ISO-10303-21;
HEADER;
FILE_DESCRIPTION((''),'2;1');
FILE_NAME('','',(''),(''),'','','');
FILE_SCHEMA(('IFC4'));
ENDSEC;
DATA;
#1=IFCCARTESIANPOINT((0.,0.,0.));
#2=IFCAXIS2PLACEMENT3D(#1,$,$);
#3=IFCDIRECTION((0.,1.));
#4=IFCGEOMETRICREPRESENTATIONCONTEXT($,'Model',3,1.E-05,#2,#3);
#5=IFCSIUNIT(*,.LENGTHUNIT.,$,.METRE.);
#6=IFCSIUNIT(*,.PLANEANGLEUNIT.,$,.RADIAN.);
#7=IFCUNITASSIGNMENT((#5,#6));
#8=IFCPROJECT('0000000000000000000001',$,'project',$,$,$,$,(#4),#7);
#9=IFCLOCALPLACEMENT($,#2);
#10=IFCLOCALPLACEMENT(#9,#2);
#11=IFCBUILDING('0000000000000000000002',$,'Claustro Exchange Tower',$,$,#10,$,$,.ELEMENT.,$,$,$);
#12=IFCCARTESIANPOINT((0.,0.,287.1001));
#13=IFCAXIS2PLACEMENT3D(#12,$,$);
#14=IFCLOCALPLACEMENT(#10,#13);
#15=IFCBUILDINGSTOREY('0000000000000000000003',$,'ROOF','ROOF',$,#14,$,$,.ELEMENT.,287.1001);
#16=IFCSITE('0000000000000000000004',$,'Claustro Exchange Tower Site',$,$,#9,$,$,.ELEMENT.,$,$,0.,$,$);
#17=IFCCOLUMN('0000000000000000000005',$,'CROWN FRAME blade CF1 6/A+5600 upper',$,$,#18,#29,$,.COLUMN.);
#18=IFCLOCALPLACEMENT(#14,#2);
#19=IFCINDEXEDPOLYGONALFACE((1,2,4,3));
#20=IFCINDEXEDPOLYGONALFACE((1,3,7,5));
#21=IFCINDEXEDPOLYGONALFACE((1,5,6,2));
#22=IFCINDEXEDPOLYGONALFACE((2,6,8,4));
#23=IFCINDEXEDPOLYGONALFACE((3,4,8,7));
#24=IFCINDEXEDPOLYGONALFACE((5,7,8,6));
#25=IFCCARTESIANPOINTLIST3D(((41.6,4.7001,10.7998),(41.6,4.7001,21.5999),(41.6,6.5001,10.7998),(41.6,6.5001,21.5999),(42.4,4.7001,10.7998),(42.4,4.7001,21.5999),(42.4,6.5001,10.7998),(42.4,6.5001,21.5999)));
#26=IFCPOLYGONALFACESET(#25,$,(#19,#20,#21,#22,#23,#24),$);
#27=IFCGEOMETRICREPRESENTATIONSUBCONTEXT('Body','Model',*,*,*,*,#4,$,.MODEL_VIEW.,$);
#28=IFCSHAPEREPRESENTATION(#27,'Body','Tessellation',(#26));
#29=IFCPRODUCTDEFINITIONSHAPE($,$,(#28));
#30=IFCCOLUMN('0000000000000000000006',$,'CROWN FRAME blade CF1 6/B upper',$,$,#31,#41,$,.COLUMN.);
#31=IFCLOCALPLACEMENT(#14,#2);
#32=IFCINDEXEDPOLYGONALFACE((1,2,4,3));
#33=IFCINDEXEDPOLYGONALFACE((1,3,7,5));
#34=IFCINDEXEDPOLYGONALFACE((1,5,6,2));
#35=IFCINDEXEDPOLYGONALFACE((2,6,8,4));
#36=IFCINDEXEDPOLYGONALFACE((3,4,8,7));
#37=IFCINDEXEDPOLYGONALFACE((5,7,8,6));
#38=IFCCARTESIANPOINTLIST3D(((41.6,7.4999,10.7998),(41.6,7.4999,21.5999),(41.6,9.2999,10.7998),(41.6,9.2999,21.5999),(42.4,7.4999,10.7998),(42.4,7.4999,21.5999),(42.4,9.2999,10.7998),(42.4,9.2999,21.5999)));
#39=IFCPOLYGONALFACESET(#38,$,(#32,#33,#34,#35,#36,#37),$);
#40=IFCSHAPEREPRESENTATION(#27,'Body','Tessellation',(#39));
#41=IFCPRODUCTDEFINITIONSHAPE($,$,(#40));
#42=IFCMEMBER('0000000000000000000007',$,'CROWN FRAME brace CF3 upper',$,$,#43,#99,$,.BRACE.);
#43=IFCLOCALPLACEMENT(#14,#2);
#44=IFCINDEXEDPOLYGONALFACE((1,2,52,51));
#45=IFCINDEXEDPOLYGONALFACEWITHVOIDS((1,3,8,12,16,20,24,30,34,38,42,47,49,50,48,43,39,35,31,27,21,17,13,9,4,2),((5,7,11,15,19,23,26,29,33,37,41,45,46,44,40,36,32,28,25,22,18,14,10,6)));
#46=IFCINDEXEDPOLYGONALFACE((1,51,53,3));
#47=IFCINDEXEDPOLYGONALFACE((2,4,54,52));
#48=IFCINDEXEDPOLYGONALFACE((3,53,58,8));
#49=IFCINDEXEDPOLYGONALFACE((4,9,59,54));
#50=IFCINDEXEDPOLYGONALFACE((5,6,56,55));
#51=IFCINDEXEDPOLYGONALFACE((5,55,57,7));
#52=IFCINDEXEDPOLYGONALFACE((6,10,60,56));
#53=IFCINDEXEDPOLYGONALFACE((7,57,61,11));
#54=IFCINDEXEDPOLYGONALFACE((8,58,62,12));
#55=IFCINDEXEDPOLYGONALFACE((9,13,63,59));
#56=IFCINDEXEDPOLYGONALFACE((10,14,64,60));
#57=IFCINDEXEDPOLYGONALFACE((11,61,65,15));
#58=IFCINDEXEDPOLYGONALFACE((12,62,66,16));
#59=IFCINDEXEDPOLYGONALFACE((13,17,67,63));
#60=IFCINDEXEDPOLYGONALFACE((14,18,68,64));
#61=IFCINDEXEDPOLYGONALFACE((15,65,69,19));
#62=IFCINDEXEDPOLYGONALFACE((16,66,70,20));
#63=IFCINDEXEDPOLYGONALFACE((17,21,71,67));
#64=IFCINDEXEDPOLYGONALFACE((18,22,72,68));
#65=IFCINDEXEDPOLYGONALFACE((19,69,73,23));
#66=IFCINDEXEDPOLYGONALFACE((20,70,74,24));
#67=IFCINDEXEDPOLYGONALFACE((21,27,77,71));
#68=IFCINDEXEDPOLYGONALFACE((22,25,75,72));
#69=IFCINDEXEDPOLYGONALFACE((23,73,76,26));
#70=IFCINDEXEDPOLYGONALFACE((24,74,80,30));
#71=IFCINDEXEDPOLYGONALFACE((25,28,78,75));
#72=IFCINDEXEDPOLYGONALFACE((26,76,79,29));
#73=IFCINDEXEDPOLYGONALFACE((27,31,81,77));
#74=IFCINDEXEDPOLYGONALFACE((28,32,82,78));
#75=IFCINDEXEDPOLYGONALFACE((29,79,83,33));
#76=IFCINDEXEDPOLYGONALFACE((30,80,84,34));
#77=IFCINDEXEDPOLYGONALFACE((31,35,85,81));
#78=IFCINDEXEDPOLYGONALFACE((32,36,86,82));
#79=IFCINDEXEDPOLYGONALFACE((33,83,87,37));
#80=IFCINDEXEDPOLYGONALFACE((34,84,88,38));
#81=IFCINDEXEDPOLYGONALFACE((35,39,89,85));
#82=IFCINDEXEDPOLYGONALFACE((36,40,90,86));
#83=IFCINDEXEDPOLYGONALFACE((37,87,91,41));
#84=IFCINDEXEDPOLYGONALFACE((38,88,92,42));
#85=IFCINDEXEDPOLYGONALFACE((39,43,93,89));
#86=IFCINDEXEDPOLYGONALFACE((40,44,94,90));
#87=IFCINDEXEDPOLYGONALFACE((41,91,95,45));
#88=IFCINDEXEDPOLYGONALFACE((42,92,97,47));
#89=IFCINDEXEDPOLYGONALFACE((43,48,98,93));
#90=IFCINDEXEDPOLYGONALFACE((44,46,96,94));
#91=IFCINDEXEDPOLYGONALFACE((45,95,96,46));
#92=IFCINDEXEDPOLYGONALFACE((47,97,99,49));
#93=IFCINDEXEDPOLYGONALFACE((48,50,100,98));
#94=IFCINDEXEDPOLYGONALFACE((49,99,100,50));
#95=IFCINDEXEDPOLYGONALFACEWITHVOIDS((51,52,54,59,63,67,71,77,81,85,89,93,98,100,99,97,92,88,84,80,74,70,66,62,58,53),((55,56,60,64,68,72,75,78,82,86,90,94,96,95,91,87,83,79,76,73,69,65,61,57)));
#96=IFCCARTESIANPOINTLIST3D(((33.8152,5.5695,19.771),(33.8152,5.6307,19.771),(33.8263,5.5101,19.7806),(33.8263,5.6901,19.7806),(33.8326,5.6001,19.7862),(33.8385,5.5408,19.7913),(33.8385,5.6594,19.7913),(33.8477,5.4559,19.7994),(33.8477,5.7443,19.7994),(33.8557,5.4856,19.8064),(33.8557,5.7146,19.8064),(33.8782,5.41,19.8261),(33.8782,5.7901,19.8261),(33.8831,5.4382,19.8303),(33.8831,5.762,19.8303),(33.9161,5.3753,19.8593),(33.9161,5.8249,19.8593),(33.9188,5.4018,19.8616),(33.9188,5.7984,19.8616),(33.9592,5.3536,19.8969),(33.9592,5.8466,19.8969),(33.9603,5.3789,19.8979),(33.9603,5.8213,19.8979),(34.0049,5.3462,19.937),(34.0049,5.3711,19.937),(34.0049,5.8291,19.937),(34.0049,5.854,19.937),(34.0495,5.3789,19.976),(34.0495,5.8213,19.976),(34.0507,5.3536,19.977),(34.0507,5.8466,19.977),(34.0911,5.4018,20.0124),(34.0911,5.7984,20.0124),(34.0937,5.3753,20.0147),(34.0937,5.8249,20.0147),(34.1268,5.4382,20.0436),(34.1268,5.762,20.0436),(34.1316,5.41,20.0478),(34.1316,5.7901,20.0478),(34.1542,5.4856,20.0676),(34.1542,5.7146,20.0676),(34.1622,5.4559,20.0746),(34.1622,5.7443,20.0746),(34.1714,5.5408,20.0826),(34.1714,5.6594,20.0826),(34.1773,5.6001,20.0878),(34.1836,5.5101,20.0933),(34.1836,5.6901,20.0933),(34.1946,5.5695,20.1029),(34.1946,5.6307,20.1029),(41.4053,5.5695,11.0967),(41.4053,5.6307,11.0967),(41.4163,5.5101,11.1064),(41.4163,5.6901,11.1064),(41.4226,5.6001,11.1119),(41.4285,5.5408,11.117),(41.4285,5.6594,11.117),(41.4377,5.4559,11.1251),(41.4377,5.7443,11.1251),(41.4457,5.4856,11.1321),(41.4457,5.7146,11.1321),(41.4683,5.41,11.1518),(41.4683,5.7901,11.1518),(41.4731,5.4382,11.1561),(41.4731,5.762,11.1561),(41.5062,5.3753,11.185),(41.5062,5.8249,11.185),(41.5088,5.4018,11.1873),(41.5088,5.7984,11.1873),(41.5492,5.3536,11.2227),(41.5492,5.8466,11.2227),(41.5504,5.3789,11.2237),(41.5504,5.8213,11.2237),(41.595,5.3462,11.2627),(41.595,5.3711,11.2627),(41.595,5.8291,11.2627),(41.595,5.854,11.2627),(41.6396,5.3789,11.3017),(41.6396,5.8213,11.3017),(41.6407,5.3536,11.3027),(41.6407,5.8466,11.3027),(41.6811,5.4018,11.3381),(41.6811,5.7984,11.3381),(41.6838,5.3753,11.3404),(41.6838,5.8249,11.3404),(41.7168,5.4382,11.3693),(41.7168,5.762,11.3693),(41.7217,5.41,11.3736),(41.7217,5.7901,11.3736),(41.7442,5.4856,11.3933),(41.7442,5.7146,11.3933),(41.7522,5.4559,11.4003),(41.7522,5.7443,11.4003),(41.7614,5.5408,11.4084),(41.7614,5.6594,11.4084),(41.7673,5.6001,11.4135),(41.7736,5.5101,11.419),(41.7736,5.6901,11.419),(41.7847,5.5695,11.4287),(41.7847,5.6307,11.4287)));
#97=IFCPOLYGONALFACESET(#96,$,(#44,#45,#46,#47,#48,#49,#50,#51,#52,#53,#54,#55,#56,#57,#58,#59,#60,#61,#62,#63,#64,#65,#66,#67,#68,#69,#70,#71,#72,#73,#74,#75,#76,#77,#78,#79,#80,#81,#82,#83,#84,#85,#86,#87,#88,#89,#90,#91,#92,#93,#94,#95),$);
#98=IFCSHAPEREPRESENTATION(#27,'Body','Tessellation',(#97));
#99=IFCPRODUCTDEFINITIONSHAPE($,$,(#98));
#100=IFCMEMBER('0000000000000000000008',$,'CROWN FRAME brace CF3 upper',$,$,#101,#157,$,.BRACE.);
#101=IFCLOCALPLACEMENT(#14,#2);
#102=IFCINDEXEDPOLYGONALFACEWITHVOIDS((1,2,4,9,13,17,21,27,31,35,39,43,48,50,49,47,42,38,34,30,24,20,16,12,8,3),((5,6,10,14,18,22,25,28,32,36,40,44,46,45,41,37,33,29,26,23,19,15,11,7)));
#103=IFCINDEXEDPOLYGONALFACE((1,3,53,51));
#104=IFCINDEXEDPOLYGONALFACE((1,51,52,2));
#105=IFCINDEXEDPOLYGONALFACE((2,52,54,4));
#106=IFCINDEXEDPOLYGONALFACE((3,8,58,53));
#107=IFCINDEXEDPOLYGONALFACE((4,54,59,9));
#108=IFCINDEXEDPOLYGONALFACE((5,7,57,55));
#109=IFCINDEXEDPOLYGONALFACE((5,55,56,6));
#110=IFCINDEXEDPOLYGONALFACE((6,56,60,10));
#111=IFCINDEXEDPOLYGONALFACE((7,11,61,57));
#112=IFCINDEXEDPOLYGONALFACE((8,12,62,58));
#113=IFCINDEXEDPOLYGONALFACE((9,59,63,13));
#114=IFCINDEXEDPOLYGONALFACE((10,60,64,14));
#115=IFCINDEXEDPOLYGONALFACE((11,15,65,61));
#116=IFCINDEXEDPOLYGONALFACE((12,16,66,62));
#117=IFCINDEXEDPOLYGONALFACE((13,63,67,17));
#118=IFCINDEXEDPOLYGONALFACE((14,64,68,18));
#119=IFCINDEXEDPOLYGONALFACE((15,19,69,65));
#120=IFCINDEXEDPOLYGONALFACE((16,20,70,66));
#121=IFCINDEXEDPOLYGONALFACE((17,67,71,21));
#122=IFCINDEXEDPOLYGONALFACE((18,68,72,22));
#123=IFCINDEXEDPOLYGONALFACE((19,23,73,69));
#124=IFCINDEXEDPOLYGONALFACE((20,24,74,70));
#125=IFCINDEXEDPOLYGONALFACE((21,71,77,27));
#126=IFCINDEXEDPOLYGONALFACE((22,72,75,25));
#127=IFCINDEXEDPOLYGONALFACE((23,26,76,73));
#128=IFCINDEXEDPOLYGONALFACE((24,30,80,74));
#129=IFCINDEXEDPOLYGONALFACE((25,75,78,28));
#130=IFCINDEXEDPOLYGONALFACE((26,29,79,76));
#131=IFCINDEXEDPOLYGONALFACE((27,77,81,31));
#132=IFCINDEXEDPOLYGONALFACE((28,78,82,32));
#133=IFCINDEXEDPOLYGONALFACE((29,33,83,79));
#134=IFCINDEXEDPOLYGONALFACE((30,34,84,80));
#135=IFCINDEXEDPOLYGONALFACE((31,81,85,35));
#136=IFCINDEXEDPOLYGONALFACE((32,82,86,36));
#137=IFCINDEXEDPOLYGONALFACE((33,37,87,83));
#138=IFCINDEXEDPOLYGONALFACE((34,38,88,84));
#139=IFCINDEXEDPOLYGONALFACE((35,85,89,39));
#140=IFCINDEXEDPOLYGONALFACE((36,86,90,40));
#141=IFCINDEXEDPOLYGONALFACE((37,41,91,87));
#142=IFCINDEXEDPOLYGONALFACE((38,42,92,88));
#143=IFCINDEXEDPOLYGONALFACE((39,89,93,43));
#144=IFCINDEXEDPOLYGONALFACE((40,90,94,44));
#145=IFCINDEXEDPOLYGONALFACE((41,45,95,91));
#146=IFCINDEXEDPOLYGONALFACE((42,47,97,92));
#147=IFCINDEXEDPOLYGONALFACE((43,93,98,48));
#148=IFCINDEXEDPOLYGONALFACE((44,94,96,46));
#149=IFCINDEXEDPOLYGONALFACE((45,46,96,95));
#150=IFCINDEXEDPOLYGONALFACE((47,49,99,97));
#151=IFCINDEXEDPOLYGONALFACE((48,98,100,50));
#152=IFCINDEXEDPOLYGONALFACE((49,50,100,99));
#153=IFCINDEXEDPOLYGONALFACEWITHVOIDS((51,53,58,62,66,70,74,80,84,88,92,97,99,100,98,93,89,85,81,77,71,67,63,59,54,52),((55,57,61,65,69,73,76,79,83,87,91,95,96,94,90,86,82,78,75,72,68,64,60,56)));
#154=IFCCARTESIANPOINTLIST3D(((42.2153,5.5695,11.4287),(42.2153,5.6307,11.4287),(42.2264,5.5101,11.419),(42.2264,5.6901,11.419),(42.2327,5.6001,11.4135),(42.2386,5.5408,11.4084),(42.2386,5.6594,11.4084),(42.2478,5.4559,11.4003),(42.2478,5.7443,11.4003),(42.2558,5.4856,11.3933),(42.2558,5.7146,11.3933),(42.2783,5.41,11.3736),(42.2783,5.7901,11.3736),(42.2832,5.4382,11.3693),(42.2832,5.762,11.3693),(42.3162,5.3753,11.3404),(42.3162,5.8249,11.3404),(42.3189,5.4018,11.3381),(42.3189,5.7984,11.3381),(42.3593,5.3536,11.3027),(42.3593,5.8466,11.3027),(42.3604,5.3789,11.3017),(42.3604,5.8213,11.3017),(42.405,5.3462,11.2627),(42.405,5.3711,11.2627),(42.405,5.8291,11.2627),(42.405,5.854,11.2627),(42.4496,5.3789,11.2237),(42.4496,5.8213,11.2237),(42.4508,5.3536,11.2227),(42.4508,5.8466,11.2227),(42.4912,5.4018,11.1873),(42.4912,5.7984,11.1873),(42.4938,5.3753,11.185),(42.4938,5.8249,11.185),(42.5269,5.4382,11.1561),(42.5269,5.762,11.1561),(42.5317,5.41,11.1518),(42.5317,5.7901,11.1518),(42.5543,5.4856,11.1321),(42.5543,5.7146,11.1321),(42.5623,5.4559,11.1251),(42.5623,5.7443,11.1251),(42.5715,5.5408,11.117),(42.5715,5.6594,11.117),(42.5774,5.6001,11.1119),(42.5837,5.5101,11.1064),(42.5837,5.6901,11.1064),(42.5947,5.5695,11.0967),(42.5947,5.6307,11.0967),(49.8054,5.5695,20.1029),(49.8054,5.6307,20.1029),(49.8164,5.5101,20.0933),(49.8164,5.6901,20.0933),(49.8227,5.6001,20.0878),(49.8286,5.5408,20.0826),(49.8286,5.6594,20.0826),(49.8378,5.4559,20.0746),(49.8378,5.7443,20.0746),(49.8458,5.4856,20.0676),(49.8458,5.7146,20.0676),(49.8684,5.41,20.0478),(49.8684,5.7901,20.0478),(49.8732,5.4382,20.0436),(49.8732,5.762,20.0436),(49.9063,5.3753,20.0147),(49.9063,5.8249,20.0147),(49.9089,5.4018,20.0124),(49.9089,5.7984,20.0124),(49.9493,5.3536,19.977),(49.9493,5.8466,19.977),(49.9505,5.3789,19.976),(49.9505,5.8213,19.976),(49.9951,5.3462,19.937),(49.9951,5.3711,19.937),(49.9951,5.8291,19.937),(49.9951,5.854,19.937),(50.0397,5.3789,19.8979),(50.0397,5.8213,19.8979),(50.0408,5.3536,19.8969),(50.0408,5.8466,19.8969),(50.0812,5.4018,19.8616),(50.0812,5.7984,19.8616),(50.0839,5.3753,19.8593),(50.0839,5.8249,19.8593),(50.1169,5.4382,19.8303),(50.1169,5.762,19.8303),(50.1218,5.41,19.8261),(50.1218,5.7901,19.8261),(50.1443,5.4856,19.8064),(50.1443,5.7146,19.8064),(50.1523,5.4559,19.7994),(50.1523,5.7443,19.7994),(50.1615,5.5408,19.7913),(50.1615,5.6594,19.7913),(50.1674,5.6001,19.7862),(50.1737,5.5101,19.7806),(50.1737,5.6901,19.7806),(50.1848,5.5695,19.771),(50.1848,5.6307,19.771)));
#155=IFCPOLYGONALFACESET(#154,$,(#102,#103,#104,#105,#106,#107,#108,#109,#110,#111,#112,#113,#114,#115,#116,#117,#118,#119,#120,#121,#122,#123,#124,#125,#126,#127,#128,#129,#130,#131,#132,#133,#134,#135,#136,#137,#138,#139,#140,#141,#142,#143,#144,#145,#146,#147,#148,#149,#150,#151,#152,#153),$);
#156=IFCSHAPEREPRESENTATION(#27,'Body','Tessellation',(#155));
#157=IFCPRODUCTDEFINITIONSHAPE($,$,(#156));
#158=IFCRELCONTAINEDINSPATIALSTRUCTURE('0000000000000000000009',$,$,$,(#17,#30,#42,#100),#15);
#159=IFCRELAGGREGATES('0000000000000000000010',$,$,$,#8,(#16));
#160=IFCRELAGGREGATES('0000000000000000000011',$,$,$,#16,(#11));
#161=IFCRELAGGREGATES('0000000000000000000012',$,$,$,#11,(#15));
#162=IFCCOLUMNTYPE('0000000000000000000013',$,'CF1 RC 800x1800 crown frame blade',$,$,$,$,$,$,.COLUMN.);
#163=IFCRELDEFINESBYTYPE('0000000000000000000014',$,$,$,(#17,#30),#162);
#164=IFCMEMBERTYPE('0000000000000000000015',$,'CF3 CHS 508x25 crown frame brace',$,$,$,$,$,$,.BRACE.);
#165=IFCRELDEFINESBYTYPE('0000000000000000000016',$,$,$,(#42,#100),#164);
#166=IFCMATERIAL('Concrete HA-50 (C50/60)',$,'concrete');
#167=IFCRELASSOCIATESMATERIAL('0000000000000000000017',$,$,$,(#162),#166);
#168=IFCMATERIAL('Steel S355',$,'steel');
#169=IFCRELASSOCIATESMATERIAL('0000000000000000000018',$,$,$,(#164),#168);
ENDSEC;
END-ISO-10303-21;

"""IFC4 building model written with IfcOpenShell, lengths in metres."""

from ifc_helpers import new_model, si_unit, direction, frame, origin, origin_2d, place, context, subcontext, project, spatial, rectangle, hollow_circle, extrude, material, material_profile, profile_set, type_object, element, save


model = new_model("IFC4")

# Units and contexts
model_context = context("Model", 3, precision=1e-05, world=origin(), true_north=direction((0.0, 1.0)))
body_context = subcontext(model_context, "Body", "Model", "MODEL_VIEW")
ifc_project = project(units=[si_unit("LENGTHUNIT", "METRE"), si_unit("PLANEANGLEUNIT", "RADIAN")], contexts=[model_context])

# Site, building, storey
site_placement = place(None, origin())
site = spatial("IfcSite", under=ifc_project, at=site_placement, Name="Claustro Exchange Tower Site", CompositionType="ELEMENT", RefElevation=0.0)
building_placement = place(site_placement, origin())
building = spatial("IfcBuilding", under=site, at=building_placement, Name="Claustro Exchange Tower", CompositionType="ELEMENT")
storey_placement = place(building_placement, frame((0.0, 0.0, 287.1001)))
storey = spatial("IfcBuildingStorey", under=building, at=storey_placement, Name="ROOF", Description="ROOF", CompositionType="ELEMENT", Elevation=287.1001)

# Columns
ifc_material_1 = material(Name="Concrete HA-50 (C50/60)", Category="concrete")
ifc_material_profile_1 = material_profile(ifc_material_1, rectangle(XDim=0.8, YDim=1.8, at=origin_2d()), Name="RC 800x1800")
ifc_profile_set_1 = profile_set([ifc_material_profile_1], Name="Concrete HA-50 (C50/60)")
column_type = type_object("IfcColumnType", Name="CF1 RC 800x1800 crown frame blade", PredefinedType="COLUMN", material=ifc_profile_set_1)
for number, where, z_axis, x_axis, name in (
    (1, (42.0, 5.6001, 10.7998), (0.0, 0.0, 1.0), (1.0, 0.0, 0.0), "CROWN FRAME blade CF1 6/A+5600 upper"),
    (2, (42.0, 8.3999, 10.7998), (0.0, 0.0, 1.0), (1.0, 0.0, 0.0), "CROWN FRAME blade CF1 6/B upper"),
):
    element("IfcColumn", number, at=place(storey_placement, frame(where, z_axis=z_axis, x_axis=x_axis)), inside=storey, type_object=column_type, Name=name, PredefinedType="COLUMN", context=body_context, shape_type="SweptSolid", body=[
        extrude(rectangle(XDim=0.8, YDim=1.8, at=origin_2d()), origin(), (0.0, 0.0, 1.0), 10.8),
    ])

# Members
ifc_material_2 = material(Name="Steel S355", Category="steel")
ifc_material_profile_2 = material_profile(ifc_material_2, hollow_circle(Radius=0.2539, WallThickness=0.0249, at=origin_2d()), Name="CHS 508x25")
ifc_profile_set_2 = profile_set([ifc_material_profile_2], Name="Steel S355")
member_type = type_object("IfcMemberType", Name="CF3 CHS 508x25 crown frame brace", PredefinedType="BRACE", material=ifc_profile_set_2)
for number, where, z_axis, x_axis, name in (
    (3, (41.595, 5.6001, 11.2627), (-0.658508, 0.0, 0.752574), (0.0, -1.0, 0.0), "CROWN FRAME brace CF3 upper"),
    (4, (42.405, 5.6001, 11.2627), (0.658508, 0.0, 0.752574), (0.0, 1.0, 0.0), "CROWN FRAME brace CF3 upper"),
):
    element("IfcMember", number, at=place(storey_placement, frame(where, z_axis=z_axis, x_axis=x_axis)), inside=storey, type_object=member_type, Name=name, PredefinedType="BRACE", context=body_context, shape_type="SweptSolid", body=[
        extrude(hollow_circle(Radius=0.2539, WallThickness=0.0249, at=origin_2d()), origin(), (0.0, 0.0, 1.0), 11.5261),
    ])

save(model, "model.ifc")
